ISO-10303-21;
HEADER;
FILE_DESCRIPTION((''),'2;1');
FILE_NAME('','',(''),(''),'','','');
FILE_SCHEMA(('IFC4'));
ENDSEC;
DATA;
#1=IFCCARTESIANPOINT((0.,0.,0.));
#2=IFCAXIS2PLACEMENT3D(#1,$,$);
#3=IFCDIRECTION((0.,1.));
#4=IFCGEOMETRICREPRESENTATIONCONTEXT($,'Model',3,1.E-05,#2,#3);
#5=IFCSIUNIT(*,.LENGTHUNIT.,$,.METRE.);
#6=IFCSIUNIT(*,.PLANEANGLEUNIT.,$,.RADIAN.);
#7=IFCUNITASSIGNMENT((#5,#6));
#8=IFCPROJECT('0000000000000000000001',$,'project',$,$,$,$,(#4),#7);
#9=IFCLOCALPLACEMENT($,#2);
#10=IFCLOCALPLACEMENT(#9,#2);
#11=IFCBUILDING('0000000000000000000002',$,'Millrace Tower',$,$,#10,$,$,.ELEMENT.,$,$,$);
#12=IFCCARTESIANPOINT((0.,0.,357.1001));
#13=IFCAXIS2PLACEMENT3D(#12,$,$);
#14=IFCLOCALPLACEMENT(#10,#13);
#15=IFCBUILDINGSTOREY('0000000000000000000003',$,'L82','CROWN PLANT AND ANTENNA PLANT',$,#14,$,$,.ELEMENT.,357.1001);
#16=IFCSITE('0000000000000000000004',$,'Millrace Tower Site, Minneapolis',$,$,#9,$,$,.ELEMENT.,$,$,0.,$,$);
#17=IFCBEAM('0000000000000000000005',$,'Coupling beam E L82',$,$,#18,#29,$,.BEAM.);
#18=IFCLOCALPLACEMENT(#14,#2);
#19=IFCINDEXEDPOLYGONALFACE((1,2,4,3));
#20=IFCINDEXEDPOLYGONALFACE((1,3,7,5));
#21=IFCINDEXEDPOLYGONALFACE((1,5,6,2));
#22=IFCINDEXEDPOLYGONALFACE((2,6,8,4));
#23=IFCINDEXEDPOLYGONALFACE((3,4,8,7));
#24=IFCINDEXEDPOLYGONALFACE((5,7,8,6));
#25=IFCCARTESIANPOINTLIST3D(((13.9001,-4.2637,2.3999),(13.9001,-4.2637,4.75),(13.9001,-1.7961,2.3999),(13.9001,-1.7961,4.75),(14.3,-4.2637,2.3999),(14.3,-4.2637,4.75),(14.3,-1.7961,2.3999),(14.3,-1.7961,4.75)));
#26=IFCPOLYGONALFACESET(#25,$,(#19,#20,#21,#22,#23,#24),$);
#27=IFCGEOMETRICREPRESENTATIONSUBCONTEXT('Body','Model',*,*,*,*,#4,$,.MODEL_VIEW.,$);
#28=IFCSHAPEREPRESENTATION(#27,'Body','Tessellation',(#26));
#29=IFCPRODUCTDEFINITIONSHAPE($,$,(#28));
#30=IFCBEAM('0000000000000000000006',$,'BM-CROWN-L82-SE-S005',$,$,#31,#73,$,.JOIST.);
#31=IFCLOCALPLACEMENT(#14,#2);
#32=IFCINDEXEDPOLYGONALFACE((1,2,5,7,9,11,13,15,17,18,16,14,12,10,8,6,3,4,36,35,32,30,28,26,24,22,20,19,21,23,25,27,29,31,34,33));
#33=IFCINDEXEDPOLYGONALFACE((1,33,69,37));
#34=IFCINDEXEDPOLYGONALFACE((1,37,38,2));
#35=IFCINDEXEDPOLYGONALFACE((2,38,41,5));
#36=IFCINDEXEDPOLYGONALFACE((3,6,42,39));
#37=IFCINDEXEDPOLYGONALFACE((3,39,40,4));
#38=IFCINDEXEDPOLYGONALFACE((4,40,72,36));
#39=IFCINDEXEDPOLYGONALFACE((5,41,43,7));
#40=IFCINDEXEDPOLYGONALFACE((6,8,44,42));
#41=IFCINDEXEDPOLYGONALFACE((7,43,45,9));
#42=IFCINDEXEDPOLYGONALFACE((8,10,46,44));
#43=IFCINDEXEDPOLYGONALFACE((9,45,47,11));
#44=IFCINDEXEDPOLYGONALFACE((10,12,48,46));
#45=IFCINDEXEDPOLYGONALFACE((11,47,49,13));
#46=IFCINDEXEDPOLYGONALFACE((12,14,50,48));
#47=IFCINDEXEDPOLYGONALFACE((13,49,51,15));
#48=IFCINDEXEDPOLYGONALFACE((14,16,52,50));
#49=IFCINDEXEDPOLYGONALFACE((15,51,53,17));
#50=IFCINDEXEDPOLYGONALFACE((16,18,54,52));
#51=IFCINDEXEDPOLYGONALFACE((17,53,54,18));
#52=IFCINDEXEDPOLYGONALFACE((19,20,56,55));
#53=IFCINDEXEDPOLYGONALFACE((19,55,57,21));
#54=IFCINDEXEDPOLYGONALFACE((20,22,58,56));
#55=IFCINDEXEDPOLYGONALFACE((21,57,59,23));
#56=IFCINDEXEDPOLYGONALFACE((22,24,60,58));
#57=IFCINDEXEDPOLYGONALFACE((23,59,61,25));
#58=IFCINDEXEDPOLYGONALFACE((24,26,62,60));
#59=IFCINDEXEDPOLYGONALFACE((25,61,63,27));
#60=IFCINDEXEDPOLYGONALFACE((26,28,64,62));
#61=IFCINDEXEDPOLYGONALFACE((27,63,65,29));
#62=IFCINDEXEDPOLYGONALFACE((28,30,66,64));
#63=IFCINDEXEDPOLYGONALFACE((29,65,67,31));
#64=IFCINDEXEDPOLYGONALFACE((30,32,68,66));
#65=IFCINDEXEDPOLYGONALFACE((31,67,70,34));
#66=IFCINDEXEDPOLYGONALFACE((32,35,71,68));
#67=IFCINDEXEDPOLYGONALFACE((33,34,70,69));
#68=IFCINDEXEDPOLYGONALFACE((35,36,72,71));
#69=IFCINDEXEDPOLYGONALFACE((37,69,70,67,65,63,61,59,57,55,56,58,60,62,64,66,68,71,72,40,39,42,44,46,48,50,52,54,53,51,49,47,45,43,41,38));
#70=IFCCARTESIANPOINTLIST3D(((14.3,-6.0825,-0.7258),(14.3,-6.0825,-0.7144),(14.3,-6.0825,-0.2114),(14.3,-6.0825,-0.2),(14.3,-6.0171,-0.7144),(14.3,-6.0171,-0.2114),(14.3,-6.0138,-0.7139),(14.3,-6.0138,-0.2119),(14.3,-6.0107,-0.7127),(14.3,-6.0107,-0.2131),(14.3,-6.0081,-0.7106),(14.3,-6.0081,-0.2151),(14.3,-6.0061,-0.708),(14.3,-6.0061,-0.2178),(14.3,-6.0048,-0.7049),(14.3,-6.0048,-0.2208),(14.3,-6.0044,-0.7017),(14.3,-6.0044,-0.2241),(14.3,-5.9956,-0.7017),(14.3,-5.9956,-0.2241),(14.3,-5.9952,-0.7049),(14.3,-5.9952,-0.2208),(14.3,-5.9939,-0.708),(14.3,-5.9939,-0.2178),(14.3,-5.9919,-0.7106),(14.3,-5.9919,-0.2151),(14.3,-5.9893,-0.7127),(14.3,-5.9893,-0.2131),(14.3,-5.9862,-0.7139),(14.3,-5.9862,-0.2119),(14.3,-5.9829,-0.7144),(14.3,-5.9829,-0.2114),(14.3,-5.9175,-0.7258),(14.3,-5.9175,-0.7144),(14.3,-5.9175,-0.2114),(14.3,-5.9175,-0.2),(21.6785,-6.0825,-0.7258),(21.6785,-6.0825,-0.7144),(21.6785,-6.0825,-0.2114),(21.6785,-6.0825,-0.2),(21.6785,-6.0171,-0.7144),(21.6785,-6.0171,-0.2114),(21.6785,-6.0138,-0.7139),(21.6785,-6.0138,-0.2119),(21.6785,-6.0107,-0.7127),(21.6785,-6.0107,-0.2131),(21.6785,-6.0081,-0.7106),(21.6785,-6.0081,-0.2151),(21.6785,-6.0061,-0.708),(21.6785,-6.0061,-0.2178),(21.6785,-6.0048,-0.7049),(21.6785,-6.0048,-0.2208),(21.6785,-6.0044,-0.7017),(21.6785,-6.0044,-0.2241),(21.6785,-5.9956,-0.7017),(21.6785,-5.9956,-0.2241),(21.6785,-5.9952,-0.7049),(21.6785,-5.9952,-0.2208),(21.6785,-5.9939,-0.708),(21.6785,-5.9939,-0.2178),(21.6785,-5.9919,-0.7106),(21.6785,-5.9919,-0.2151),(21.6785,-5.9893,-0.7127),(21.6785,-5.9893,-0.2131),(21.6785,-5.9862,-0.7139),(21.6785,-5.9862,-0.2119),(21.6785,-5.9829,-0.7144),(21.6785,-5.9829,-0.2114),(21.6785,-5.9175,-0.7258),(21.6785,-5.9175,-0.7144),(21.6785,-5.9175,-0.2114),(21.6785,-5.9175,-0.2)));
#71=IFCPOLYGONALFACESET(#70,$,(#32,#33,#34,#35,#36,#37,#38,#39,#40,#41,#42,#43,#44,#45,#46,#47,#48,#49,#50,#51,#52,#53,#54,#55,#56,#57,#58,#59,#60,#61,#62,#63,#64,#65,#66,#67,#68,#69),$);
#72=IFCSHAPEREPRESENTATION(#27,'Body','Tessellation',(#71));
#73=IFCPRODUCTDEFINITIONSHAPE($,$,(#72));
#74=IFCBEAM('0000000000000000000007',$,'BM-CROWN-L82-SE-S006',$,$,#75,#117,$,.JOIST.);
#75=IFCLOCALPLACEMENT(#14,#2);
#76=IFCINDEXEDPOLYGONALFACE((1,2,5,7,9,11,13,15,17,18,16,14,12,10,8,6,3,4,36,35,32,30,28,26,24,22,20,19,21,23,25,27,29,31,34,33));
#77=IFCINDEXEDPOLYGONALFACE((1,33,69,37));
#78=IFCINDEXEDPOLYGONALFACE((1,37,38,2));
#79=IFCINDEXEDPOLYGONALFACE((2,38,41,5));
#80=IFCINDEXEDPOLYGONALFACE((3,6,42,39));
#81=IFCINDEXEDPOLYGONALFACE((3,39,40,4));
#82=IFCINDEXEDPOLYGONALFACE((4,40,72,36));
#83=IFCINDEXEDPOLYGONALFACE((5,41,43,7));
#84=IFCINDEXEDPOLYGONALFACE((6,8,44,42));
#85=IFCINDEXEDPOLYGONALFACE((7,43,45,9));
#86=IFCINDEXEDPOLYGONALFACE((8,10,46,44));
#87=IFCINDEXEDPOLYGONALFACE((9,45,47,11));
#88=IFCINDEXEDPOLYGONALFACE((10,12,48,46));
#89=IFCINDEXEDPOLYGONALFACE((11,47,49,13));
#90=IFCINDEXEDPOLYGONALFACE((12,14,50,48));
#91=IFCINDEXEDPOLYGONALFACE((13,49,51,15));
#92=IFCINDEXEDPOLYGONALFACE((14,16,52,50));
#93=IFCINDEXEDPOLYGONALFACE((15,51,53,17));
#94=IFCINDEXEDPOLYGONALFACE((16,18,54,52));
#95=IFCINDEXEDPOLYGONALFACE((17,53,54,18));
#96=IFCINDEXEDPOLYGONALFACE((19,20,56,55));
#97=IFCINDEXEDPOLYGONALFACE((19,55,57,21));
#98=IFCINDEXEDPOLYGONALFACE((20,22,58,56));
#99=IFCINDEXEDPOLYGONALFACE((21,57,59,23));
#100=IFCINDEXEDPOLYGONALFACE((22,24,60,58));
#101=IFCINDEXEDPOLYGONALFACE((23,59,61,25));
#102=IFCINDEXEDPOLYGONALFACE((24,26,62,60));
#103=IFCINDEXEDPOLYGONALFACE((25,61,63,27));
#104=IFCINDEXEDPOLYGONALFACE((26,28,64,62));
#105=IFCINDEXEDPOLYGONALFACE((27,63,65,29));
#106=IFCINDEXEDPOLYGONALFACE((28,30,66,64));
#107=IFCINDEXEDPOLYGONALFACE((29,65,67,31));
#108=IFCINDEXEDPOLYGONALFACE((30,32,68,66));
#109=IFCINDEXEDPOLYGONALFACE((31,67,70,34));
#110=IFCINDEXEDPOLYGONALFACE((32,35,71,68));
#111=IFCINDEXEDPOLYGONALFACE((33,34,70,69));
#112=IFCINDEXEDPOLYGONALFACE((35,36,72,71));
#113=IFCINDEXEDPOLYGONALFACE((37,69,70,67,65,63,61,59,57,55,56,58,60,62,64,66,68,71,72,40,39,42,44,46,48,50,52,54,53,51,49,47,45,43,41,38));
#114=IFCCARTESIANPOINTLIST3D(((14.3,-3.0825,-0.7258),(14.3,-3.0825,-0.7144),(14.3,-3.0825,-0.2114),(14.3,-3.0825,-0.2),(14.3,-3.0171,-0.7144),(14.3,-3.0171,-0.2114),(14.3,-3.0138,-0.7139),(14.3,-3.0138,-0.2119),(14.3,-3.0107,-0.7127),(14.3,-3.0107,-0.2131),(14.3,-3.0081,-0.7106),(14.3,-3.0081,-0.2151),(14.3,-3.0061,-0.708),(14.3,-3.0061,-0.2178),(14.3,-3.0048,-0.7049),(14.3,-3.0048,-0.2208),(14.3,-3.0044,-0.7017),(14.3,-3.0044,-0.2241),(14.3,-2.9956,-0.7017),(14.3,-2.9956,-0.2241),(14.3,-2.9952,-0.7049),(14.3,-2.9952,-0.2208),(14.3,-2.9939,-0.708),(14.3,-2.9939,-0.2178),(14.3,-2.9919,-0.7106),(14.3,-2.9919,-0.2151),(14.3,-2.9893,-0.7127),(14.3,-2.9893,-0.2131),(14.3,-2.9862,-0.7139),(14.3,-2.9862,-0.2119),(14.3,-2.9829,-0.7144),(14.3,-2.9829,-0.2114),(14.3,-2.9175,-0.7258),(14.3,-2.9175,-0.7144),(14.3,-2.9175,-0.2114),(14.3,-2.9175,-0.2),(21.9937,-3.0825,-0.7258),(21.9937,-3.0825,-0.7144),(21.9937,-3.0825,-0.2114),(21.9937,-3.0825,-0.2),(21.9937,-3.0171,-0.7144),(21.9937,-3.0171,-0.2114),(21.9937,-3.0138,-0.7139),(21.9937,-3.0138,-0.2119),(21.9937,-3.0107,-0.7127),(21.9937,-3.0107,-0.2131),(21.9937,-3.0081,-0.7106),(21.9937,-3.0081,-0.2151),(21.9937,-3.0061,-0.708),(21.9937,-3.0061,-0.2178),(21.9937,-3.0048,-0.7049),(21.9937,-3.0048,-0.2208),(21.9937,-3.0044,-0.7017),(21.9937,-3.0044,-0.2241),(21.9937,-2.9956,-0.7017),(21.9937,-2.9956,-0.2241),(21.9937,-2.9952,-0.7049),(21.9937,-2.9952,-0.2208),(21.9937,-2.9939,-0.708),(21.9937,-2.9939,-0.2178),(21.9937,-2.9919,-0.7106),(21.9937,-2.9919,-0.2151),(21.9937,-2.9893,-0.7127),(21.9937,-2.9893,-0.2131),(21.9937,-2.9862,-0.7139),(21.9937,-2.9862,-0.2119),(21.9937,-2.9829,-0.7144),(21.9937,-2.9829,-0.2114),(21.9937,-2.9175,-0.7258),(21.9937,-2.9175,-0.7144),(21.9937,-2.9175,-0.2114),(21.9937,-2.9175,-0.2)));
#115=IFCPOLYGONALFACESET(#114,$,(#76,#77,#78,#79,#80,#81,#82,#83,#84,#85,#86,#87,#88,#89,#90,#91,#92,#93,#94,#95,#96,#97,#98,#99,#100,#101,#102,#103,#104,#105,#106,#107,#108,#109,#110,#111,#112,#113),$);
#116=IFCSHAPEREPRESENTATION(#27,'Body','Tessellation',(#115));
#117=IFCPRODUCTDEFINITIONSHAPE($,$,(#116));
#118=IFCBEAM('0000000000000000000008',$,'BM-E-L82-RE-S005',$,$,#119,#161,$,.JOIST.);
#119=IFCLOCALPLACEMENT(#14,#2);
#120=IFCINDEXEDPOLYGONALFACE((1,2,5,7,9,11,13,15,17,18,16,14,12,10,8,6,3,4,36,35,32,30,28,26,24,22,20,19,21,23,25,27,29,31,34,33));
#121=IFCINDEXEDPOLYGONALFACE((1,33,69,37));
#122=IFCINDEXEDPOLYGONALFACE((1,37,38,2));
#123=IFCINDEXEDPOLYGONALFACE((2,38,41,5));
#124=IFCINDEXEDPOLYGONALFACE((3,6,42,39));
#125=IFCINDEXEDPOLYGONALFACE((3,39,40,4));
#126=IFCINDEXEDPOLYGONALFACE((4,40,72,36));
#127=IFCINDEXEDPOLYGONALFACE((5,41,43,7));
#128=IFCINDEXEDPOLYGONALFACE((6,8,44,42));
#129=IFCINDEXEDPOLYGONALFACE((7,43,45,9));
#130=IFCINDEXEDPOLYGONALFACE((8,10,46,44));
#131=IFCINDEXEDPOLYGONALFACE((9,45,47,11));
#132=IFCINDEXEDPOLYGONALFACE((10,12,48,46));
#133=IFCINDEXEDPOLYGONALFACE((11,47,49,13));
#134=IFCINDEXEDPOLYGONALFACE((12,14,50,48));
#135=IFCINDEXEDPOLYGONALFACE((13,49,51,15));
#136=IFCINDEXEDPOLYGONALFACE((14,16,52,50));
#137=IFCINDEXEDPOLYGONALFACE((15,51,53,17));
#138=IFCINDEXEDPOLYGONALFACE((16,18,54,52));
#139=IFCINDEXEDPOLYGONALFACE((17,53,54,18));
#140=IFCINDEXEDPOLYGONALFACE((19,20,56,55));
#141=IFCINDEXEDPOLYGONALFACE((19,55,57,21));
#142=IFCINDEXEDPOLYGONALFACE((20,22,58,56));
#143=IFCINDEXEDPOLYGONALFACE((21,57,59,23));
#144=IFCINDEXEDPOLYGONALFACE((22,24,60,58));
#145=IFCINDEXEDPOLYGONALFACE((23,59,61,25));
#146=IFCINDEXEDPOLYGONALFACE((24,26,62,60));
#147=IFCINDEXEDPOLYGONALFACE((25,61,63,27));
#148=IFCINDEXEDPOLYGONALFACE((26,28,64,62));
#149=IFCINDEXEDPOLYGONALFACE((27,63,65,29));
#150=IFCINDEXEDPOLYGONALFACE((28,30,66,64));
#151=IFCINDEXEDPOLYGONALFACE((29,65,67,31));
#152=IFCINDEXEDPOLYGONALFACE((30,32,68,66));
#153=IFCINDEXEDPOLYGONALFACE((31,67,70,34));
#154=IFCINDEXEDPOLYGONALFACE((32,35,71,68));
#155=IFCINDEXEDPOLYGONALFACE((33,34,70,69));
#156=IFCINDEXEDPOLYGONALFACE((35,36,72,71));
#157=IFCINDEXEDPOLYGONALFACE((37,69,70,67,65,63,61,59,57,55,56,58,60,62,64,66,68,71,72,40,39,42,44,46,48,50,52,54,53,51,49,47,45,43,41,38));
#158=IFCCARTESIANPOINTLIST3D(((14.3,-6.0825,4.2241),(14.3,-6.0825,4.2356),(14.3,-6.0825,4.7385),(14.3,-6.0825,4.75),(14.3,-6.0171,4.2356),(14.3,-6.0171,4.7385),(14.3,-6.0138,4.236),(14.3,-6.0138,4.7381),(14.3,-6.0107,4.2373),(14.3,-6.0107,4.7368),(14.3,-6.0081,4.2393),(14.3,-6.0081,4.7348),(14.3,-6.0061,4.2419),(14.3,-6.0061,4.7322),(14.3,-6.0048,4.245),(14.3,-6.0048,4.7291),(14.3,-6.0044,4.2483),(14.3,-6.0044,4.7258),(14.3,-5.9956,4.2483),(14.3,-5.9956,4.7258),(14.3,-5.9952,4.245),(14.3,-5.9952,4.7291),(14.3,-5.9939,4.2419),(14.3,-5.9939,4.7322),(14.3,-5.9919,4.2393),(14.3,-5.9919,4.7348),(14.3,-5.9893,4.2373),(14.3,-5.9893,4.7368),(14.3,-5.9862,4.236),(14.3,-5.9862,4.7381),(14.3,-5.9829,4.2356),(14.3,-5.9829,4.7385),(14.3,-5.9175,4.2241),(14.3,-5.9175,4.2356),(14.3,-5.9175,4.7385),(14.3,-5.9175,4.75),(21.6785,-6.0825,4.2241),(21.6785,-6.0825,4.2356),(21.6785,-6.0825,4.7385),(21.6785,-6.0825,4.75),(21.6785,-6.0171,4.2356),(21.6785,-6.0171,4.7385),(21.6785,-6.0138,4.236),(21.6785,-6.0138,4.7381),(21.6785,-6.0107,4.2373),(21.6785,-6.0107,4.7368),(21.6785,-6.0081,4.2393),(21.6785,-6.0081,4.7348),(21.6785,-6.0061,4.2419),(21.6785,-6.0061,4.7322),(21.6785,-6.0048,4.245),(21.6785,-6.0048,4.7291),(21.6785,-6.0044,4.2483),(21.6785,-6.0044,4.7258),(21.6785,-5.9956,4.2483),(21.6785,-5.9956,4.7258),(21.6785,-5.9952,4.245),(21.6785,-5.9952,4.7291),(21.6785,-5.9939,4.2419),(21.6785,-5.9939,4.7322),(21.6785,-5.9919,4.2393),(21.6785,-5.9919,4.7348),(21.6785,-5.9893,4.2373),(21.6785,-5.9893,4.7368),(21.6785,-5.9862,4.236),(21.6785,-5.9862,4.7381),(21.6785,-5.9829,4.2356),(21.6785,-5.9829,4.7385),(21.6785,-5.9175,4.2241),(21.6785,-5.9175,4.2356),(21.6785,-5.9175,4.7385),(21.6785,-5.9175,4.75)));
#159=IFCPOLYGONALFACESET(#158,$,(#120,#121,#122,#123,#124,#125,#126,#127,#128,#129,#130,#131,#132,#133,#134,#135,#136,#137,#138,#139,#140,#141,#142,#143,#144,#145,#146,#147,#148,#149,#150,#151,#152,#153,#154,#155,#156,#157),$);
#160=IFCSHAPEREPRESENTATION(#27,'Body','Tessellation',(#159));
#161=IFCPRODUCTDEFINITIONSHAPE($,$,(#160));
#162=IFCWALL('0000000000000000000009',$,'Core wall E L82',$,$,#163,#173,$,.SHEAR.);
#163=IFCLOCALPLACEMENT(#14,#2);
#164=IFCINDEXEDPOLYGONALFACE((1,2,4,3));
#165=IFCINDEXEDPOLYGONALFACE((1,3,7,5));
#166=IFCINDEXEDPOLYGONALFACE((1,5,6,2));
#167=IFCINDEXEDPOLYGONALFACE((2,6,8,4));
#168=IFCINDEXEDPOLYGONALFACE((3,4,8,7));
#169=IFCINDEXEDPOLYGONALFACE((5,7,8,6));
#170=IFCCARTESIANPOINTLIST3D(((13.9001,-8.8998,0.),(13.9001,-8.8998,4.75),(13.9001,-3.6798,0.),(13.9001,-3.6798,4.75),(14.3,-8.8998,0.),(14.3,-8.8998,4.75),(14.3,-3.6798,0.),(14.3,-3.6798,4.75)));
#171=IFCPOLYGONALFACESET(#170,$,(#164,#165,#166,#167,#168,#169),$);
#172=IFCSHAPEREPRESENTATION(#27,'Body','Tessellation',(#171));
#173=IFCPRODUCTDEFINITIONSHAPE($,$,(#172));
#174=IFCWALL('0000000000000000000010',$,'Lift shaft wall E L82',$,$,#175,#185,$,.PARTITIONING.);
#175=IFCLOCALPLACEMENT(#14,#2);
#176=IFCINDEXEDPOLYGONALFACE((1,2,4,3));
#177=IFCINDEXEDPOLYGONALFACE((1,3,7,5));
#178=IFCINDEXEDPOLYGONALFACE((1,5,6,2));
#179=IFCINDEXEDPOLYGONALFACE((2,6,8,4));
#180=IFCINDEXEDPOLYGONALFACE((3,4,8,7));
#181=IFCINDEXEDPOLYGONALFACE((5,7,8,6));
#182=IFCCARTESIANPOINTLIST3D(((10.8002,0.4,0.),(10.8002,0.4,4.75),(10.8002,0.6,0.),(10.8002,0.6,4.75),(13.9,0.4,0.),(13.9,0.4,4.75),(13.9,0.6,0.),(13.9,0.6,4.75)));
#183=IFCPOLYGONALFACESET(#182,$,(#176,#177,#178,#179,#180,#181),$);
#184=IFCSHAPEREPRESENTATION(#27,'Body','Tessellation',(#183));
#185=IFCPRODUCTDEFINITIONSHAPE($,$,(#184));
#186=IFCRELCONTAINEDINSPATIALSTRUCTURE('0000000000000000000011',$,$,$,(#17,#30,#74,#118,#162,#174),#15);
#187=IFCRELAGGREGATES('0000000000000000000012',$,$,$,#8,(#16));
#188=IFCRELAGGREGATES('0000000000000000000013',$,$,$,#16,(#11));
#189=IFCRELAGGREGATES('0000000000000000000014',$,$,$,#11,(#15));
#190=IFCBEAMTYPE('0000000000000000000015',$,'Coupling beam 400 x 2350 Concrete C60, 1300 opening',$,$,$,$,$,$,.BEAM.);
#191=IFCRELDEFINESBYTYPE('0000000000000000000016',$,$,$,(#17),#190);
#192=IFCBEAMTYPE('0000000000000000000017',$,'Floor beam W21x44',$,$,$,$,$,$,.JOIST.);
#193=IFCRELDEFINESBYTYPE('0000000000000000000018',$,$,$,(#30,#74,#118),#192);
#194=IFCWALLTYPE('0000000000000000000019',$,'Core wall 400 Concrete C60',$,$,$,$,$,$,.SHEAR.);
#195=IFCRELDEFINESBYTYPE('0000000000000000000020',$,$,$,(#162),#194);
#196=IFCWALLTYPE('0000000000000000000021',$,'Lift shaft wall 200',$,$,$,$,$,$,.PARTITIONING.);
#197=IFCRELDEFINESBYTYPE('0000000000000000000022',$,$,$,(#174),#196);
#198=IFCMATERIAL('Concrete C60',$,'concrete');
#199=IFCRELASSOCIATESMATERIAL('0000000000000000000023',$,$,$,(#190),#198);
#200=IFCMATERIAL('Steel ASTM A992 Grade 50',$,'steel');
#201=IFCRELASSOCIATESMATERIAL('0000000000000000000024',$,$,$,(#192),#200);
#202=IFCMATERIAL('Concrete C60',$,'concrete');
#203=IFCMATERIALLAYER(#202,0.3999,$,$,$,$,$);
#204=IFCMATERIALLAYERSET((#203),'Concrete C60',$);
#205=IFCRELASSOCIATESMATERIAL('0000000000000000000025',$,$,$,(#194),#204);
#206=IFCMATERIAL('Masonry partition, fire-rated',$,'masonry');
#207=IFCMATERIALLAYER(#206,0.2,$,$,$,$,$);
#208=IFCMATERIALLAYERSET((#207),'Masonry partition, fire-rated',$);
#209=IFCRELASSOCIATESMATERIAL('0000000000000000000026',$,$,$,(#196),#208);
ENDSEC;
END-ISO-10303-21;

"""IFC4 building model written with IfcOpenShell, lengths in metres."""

from ifc_helpers import new_model, si_unit, direction, frame, frame_2d, origin, origin_2d, place, context, subcontext, project, spatial, rectangle, i_section, extrude, material, layer, layer_set, material_profile, profile_set, type_object, element, save


model = new_model("IFC4")

# Units and contexts
model_context = context("Model", 3, precision=1e-05, world=origin(), true_north=direction((0.0, 1.0)))
body_context = subcontext(model_context, "Body", "Model", "MODEL_VIEW")
ifc_project = project(units=[si_unit("LENGTHUNIT", "METRE"), si_unit("PLANEANGLEUNIT", "RADIAN")], contexts=[model_context])

# Site, building, storey
site_placement = place(None, origin())
site = spatial("IfcSite", under=ifc_project, at=site_placement, Name="Millrace Tower Site, Minneapolis", CompositionType="ELEMENT", RefElevation=0.0)
building_placement = place(site_placement, origin())
building = spatial("IfcBuilding", under=site, at=building_placement, Name="Millrace Tower", CompositionType="ELEMENT")
storey_placement = place(building_placement, frame((0.0, 0.0, 357.1001)))
storey = spatial("IfcBuildingStorey", under=building, at=storey_placement, Name="L82", Description="CROWN PLANT AND ANTENNA PLANT", CompositionType="ELEMENT", Elevation=357.1001)

# Beams
ifc_material_1 = material(Name="Concrete C60", Category="concrete")
ifc_material_profile_1 = material_profile(ifc_material_1, rectangle(XDim=0.3999, YDim=2.3501, at=origin_2d()))
ifc_profile_set_1 = profile_set([ifc_material_profile_1], Name="Concrete C60")
beam_type_1 = type_object("IfcBeamType", Name="Coupling beam 400 x 2350 Concrete C60, 1300 opening", PredefinedType="BEAM", material=ifc_profile_set_1)
beam_1_placement = place(storey_placement, frame((14.1001, -1.7961, 3.575), z_axis=(0.0, -1.0, 0.0), x_axis=(1.0, 0.0, 0.0)))
element("IfcBeam", 1, at=beam_1_placement, inside=storey, type_object=beam_type_1, Name="Coupling beam E L82", PredefinedType="BEAM", context=body_context, shape_type="SweptSolid", body=[
    extrude(rectangle(XDim=0.3999, YDim=2.3501, at=origin_2d()), origin(), (0.0, 0.0, 1.0), 2.4675),
])
ifc_material_2 = material(Name="Steel ASTM A992 Grade 50", Category="steel")
ifc_material_profile_2 = material_profile(ifc_material_2, i_section(OverallWidth=0.165, OverallDepth=0.5259, WebThickness=0.0088, FlangeThickness=0.0115, FilletRadius=0.0127, at=origin_2d()))
ifc_profile_set_2 = profile_set([ifc_material_profile_2], Name="Steel ASTM A992 Grade 50")
beam_type_2 = type_object("IfcBeamType", Name="Floor beam W21x44", PredefinedType="JOIST", material=ifc_profile_set_2)
beam_2_placement = place(storey_placement, frame((14.3, -6.0, -0.4629), z_axis=(1.0, 0.0, 0.0), x_axis=(0.0, 1.0, 0.0)))
element("IfcBeam", 2, at=beam_2_placement, inside=storey, type_object=beam_type_2, Name="BM-CROWN-L82-SE-S005", PredefinedType="JOIST", context=body_context, shape_type="SweptSolid", body=[
    extrude(i_section(OverallWidth=0.165, OverallDepth=0.5259, WebThickness=0.0088, FlangeThickness=0.0115, FilletRadius=0.0127, at=origin_2d()), origin(), (0.0, 0.0, 1.0), 7.3784),
])
beam_3_placement = place(storey_placement, frame((14.3, -3.0, -0.4629), z_axis=(1.0, 0.0, 0.0), x_axis=(0.0, 1.0, 0.0)))
element("IfcBeam", 3, at=beam_3_placement, inside=storey, type_object=beam_type_2, Name="BM-CROWN-L82-SE-S006", PredefinedType="JOIST", context=body_context, shape_type="SweptSolid", body=[
    extrude(i_section(OverallWidth=0.165, OverallDepth=0.5259, WebThickness=0.0088, FlangeThickness=0.0115, FilletRadius=0.0127, at=origin_2d()), origin(), (0.0, 0.0, 1.0), 7.6936),
])
beam_4_placement = place(storey_placement, frame((14.3, -6.0, 4.4871), z_axis=(1.0, 0.0, 0.0), x_axis=(0.0, 1.0, 0.0)))
element("IfcBeam", 4, at=beam_4_placement, inside=storey, type_object=beam_type_2, Name="BM-E-L82-RE-S005", PredefinedType="JOIST", context=body_context, shape_type="SweptSolid", body=[
    extrude(i_section(OverallWidth=0.165, OverallDepth=0.5259, WebThickness=0.0088, FlangeThickness=0.0115, FilletRadius=0.0127, at=origin_2d()), origin(), (0.0, 0.0, 1.0), 7.3784),
])

# Walls
ifc_material_3 = material(Name="Concrete C60", Category="concrete")
ifc_layer_1 = layer(ifc_material_3, 0.3999)
ifc_layer_set_1 = layer_set([ifc_layer_1], Name="Concrete C60")
wall_type_1 = type_object("IfcWallType", Name="Core wall 400 Concrete C60", PredefinedType="SHEAR", material=ifc_layer_set_1)
wall_1_placement = place(storey_placement, frame((14.1001, -3.6799, 0.0), z_axis=(0.0, 0.0, 1.0), x_axis=(0.0, -1.0, 0.0)))
element("IfcWall", 5, at=wall_1_placement, inside=storey, type_object=wall_type_1, Name="Core wall E L82", PredefinedType="SHEAR", context=body_context, shape_type="SweptSolid", body=[
    extrude(rectangle(XDim=5.22, YDim=0.3999, at=frame_2d((2.6099, 0.0))), origin(), (0.0, 0.0, 1.0), 4.75),
])
ifc_material_4 = material(Name="Masonry partition, fire-rated", Category="masonry")
ifc_layer_2 = layer(ifc_material_4, 0.2)
ifc_layer_set_2 = layer_set([ifc_layer_2], Name="Masonry partition, fire-rated")
wall_type_2 = type_object("IfcWallType", Name="Lift shaft wall 200", PredefinedType="PARTITIONING", material=ifc_layer_set_2)
wall_2_placement = place(storey_placement, frame((13.8999, 0.5, 0.0), z_axis=(0.0, 0.0, 1.0), x_axis=(-1.0, 0.0, 0.0)))
element("IfcWall", 6, at=wall_2_placement, inside=storey, type_object=wall_type_2, Name="Lift shaft wall E L82", PredefinedType="PARTITIONING", context=body_context, shape_type="SweptSolid", body=[
    extrude(rectangle(XDim=3.0999, YDim=0.2, at=frame_2d((1.5498, 0.0))), origin(), (0.0, 0.0, 1.0), 4.75),
])

save(model, "model.ifc")
